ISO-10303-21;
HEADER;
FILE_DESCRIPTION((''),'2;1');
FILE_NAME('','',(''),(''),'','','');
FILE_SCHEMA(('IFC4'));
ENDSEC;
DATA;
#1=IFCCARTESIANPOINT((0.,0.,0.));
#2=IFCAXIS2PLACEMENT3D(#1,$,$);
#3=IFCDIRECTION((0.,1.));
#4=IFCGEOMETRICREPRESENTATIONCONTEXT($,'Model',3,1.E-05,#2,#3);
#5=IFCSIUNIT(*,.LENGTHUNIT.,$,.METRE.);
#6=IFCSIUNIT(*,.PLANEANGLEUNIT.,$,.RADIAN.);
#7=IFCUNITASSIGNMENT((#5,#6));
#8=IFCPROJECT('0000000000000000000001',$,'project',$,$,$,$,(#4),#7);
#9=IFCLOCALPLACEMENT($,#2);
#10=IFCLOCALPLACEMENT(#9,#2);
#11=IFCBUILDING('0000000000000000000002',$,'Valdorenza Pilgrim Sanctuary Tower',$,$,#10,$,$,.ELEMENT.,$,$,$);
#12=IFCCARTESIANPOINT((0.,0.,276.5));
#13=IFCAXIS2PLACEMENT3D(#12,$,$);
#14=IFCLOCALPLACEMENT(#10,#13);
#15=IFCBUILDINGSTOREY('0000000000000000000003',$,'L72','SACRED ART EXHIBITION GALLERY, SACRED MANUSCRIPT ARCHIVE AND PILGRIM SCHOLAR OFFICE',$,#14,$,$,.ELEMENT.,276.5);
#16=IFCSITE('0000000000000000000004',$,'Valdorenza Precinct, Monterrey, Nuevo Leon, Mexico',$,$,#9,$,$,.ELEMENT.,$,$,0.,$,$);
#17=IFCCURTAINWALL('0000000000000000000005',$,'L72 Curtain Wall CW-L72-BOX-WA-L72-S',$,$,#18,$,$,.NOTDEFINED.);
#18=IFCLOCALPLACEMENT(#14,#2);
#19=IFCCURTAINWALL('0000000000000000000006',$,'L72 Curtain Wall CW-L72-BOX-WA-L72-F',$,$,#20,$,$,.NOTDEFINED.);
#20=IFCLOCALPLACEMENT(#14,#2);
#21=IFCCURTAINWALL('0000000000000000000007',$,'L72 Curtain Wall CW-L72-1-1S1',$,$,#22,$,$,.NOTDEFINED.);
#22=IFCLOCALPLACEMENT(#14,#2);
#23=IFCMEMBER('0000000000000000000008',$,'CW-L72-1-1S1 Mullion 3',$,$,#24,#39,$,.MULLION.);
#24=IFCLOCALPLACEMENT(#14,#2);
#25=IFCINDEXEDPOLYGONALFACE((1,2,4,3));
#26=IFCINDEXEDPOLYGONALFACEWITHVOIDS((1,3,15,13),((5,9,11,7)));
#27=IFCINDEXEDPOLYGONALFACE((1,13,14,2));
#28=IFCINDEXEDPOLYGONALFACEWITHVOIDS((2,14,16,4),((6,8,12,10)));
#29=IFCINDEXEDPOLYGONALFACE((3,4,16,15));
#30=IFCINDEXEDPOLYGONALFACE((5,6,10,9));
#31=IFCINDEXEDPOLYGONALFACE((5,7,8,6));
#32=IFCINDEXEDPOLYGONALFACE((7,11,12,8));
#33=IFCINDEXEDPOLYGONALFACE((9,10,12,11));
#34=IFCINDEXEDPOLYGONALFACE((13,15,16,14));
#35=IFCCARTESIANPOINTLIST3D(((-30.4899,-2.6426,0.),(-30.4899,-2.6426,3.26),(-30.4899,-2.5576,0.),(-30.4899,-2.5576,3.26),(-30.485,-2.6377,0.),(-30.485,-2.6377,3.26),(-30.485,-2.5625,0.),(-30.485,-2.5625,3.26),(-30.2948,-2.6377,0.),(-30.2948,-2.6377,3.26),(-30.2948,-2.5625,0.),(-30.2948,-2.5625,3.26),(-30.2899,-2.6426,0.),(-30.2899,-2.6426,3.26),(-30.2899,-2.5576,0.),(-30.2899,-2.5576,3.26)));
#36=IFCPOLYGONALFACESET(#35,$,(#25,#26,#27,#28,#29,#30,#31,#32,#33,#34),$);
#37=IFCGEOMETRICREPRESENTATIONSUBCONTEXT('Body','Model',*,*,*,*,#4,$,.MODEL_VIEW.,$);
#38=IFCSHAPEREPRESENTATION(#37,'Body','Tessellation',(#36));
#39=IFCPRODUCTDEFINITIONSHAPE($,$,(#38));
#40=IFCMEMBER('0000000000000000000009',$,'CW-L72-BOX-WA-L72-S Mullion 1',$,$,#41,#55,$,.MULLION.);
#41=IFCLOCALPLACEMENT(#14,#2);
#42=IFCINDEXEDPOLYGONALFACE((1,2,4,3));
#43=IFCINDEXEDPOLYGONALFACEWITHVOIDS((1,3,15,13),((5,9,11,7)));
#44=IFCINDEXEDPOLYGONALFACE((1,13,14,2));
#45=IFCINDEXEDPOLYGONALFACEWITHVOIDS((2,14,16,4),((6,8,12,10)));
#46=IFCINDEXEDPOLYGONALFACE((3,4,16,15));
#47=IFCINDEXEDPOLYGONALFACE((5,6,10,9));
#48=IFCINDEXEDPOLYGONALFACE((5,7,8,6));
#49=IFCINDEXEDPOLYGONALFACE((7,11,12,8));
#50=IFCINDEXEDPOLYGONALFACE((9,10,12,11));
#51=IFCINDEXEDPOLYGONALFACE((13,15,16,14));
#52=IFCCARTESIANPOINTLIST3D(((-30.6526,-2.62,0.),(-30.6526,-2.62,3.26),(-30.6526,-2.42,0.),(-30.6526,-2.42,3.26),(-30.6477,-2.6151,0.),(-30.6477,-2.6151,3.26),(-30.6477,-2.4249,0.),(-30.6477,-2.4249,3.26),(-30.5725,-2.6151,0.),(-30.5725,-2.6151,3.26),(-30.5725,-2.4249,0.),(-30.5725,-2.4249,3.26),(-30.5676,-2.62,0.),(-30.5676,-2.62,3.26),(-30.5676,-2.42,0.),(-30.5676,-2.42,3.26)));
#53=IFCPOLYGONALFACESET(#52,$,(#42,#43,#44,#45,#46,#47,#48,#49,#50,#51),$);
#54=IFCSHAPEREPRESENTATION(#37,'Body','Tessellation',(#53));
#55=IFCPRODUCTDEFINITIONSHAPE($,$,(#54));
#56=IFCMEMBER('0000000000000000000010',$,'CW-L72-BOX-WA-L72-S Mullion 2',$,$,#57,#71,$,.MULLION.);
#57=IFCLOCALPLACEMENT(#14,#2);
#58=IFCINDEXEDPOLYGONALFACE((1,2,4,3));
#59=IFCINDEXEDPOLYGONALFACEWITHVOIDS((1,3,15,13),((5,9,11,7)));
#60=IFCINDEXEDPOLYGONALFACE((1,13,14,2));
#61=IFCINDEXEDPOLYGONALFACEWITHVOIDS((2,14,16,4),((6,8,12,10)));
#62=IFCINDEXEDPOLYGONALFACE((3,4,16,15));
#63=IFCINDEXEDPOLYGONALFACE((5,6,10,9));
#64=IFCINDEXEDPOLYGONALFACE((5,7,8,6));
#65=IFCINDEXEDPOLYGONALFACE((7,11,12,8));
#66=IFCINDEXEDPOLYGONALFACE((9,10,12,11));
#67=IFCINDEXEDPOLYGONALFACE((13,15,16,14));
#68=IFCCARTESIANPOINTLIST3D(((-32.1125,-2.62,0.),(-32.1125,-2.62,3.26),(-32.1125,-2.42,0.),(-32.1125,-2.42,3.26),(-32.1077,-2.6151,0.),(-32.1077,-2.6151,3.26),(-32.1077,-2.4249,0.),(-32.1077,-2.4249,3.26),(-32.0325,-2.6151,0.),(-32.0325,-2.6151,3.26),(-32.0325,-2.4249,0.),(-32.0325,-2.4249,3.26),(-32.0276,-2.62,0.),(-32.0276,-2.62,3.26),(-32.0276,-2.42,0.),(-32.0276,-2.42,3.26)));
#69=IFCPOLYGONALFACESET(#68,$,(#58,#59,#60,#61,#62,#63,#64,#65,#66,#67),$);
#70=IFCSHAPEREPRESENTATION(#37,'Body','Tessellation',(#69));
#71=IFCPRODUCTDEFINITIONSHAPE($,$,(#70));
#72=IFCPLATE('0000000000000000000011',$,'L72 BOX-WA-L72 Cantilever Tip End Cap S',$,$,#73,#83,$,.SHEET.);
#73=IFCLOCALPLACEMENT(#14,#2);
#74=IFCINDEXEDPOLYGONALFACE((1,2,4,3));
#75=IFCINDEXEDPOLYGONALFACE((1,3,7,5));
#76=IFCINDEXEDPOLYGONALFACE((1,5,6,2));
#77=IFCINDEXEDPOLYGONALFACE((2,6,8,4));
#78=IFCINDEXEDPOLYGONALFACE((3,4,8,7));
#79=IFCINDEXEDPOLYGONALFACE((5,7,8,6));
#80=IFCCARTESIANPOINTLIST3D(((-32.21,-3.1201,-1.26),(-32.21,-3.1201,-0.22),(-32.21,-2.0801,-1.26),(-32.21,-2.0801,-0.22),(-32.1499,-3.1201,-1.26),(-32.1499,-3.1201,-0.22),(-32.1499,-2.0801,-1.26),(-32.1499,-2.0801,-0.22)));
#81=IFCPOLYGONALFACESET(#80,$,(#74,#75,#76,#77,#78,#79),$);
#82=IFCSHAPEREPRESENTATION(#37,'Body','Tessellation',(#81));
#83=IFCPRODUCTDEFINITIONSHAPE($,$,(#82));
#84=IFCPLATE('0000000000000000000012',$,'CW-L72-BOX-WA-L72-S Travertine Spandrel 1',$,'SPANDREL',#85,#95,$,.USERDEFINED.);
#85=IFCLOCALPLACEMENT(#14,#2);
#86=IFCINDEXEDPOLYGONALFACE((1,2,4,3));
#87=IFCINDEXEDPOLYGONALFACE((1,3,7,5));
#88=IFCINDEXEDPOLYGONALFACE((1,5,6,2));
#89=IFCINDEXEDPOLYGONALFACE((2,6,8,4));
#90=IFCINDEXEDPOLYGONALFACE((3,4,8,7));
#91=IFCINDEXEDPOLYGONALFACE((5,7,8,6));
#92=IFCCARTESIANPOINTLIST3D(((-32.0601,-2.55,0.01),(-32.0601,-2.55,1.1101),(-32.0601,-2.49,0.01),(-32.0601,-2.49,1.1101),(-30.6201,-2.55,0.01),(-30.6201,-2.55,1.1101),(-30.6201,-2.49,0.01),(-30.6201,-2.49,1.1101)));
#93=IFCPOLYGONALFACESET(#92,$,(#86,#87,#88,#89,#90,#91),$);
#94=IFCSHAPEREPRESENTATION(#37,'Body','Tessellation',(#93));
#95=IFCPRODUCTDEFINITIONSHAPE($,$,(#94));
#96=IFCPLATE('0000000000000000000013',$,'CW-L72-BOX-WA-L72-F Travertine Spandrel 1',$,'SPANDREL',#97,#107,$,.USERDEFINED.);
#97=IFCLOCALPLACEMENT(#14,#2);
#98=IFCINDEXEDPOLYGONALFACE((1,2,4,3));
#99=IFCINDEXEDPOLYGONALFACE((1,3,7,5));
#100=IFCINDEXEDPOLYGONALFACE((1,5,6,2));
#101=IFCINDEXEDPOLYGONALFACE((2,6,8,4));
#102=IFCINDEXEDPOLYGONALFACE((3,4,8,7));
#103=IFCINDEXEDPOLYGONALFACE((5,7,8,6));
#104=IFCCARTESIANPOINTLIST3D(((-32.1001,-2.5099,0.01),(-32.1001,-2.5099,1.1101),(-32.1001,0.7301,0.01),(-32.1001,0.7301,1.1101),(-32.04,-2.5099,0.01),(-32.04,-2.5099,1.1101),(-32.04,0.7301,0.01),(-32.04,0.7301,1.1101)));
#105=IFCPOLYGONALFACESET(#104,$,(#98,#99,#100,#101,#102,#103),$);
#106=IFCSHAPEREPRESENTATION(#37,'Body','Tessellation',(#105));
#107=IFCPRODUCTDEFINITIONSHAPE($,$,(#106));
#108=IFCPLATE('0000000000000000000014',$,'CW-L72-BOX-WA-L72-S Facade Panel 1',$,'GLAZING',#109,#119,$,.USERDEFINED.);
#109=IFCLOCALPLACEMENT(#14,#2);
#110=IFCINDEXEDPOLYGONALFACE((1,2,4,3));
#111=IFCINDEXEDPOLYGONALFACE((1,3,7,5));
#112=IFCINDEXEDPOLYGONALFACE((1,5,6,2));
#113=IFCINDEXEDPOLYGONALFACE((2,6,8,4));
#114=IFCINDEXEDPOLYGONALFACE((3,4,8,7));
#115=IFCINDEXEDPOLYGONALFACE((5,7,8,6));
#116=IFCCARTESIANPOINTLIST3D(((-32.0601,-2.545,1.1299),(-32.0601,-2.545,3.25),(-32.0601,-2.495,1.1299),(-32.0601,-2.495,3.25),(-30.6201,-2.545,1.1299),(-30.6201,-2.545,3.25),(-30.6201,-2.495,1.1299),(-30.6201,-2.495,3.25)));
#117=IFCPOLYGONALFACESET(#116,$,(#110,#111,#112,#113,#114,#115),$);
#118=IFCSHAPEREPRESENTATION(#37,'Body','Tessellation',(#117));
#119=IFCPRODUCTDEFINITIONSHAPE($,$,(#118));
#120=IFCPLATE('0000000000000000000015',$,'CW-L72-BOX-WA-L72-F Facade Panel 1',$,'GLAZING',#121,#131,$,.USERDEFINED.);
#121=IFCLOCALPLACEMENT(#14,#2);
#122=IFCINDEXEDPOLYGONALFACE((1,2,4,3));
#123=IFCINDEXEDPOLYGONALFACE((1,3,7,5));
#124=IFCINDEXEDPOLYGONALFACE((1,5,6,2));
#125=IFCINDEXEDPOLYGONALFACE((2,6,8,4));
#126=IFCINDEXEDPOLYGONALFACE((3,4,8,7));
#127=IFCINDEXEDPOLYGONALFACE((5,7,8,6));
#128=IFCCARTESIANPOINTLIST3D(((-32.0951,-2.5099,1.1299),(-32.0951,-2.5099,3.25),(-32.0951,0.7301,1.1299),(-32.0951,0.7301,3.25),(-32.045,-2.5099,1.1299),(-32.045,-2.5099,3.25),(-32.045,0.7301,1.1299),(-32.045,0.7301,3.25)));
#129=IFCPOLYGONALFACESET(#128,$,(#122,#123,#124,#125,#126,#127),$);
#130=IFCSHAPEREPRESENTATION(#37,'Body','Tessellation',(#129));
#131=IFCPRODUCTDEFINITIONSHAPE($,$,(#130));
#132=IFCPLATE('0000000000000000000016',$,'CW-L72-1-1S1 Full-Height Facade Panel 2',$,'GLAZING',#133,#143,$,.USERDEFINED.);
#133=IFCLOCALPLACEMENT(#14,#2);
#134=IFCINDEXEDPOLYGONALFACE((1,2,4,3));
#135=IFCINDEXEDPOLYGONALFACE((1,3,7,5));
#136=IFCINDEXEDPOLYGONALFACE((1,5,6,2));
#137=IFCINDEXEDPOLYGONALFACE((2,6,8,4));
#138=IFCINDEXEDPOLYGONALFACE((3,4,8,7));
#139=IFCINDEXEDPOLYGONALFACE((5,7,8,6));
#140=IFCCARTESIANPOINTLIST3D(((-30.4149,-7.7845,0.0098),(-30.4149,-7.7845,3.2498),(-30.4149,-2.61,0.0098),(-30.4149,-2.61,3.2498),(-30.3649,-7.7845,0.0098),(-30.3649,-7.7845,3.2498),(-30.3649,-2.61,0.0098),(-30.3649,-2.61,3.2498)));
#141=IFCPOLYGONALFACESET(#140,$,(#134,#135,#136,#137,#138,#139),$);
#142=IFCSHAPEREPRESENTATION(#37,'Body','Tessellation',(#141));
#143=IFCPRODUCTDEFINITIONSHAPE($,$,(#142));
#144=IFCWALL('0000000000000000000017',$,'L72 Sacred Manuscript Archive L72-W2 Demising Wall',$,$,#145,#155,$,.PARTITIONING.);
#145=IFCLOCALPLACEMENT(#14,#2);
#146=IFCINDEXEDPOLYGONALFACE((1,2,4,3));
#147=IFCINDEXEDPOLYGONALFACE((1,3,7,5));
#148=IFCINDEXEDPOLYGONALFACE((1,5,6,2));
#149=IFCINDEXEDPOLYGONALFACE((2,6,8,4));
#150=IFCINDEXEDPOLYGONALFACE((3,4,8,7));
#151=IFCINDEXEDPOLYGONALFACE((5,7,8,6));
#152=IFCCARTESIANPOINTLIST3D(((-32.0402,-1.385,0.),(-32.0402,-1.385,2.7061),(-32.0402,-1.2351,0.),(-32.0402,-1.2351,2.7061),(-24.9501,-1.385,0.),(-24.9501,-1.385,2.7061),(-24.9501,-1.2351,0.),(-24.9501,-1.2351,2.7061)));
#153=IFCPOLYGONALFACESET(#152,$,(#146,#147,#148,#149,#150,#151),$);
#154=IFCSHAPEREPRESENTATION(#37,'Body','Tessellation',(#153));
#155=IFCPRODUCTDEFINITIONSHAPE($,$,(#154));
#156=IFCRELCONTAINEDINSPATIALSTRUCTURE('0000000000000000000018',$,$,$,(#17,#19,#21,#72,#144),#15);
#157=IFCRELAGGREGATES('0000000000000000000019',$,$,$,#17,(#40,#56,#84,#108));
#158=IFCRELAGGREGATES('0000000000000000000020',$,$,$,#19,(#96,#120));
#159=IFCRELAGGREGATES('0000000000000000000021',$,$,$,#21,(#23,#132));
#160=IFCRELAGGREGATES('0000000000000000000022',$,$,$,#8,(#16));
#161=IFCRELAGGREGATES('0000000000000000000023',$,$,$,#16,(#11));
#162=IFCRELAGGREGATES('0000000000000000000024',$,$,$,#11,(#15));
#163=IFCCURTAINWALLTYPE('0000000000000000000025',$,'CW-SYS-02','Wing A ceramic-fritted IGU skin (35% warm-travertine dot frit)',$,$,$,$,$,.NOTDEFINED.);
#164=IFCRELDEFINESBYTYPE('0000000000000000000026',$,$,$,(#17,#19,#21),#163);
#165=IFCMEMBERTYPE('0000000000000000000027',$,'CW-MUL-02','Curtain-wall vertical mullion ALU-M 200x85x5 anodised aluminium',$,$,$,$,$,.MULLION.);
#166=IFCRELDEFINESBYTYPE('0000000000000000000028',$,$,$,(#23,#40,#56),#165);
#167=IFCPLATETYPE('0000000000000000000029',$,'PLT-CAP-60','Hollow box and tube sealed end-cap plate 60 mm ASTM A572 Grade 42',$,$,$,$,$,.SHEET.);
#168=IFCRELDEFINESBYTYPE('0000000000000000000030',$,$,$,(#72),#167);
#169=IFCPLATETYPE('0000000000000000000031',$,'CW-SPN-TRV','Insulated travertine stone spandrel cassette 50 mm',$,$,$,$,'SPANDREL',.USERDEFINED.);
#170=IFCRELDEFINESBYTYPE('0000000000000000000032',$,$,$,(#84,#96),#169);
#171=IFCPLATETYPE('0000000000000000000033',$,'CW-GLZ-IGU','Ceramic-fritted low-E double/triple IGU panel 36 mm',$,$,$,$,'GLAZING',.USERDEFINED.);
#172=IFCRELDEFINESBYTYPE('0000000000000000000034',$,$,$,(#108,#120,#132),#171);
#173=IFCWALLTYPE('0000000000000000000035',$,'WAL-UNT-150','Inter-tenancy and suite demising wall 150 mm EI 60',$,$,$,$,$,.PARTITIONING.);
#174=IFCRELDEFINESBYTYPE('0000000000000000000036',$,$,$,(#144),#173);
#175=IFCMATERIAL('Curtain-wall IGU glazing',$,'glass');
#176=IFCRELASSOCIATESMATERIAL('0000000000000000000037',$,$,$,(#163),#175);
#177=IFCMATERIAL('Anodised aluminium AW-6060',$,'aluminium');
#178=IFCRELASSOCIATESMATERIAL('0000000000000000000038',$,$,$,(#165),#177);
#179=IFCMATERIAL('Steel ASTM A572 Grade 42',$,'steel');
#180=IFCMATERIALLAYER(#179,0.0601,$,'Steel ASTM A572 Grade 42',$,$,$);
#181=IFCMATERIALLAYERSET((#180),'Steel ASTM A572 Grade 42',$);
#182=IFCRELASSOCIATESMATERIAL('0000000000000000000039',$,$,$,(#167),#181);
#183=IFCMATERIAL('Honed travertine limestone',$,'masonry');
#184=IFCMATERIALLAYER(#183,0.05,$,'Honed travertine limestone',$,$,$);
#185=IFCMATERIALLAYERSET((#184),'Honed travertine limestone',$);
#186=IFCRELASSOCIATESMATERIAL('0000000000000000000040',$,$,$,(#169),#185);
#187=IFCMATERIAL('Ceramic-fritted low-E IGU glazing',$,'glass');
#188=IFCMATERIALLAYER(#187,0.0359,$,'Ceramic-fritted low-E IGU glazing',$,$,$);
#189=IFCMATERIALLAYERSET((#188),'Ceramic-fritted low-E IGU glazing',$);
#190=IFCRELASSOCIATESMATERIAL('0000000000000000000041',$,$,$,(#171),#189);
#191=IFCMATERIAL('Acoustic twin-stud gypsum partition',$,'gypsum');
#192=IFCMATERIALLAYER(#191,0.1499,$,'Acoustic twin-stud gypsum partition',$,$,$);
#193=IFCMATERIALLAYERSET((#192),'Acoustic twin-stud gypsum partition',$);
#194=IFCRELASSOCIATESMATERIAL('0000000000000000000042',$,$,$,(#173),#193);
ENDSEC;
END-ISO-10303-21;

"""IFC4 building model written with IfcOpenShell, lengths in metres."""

from ifc_helpers import new_model, si_unit, direction, frame, frame_2d, origin, origin_2d, place, context, subcontext, project, spatial, rectangle, hollow_rectangle, extrude, source, transform, mapped, material, layer, layer_set, material_profile, profile_set, type_object, element, aggregate, save


model = new_model("IFC4")

# Units and contexts
model_context = context("Model", 3, precision=1e-05, world=origin(), true_north=direction((0.0, 1.0)))
body_context = subcontext(model_context, "Body", "Model", "MODEL_VIEW")
ifc_project = project(units=[si_unit("LENGTHUNIT", "METRE"), si_unit("PLANEANGLEUNIT", "RADIAN")], contexts=[model_context])

# Site, building, storey
site_placement = place(None, origin())
site = spatial("IfcSite", under=ifc_project, at=site_placement, Name="Valdorenza Precinct, Monterrey, Nuevo Leon, Mexico", CompositionType="ELEMENT", RefElevation=0.0)
building_placement = place(site_placement, origin())
building = spatial("IfcBuilding", under=site, at=building_placement, Name="Valdorenza Pilgrim Sanctuary Tower", CompositionType="ELEMENT")
storey_placement = place(building_placement, frame((0.0, 0.0, 276.5)))
storey = spatial("IfcBuildingStorey", under=building, at=storey_placement, Name="L72", Description="SACRED ART EXHIBITION GALLERY, SACRED MANUSCRIPT ARCHIVE AND PILGRIM SCHOLAR OFFICE", CompositionType="ELEMENT", Elevation=276.5)

# Shared definitions
ifc_material_1 = material(Name="Steel ASTM A572 Grade 42", Category="steel")

# Curtain walls, member
ifc_material_2 = material(Name="Curtain-wall IGU glazing", Category="glass")
curtain_wall_type = type_object("IfcCurtainWallType", Name="CW-SYS-02", Description="Wing A ceramic-fritted IGU skin (35% warm-travertine dot frit)", PredefinedType="NOTDEFINED", material=ifc_material_2)
curtain_wall_1_placement = place(storey_placement, origin())
curtain_wall_1 = element("IfcCurtainWall", 1, at=curtain_wall_1_placement, inside=storey, type_object=curtain_wall_type, Name="L72 Curtain Wall CW-L72-BOX-WA-L72-S", PredefinedType="NOTDEFINED")
ifc_material_3 = material(Name="Anodised aluminium AW-6060", Category="aluminium")
curtain_wall_2_placement = place(storey_placement, origin())
curtain_wall_2 = element("IfcCurtainWall", 2, at=curtain_wall_2_placement, inside=storey, type_object=curtain_wall_type, Name="L72 Curtain Wall CW-L72-BOX-WA-L72-F", PredefinedType="NOTDEFINED")
curtain_wall_3_placement = place(storey_placement, origin())
curtain_wall_3 = element("IfcCurtainWall", 3, at=curtain_wall_3_placement, inside=storey, type_object=curtain_wall_type, Name="L72 Curtain Wall CW-L72-1-1S1", PredefinedType="NOTDEFINED")
ifc_material_profile_1 = material_profile(ifc_material_3, hollow_rectangle(XDim=0.085, YDim=0.2, WallThickness=0.0049, at=origin_2d()), Name="ALU-M 200x85x5")
ifc_profile_set_1 = profile_set([ifc_material_profile_1], Name="Anodised aluminium AW-6060")
member_type_1 = type_object("IfcMemberType", Name="CW-MUL-02", Description="Curtain-wall vertical mullion ALU-M 200x85x5 anodised aluminium", PredefinedType="MULLION", material=ifc_profile_set_1)
shared_shape_1 = source(origin(), body_context, "Body", "SweptSolid", [
    extrude(hollow_rectangle(XDim=0.085, YDim=0.2, WallThickness=0.0049, at=origin_2d()), origin(), (0.0, 0.0, 1.0), 3.26),
])
member_1_placement = place(storey_placement, frame((-30.3899, -2.6001, 0.0), z_axis=(0.0, 0.0, 1.0), x_axis=(0.0, 1.0, 0.0)))
member_1 = element("IfcMember", 4, at=member_1_placement, type_object=member_type_1, Name="CW-L72-1-1S1 Mullion 3", PredefinedType="MULLION", context=body_context, shape_type="MappedRepresentation", body=[
    mapped(shared_shape_1, transform((0.0, 0.0, 0.0), x_axis=(1.0, 0.0, 0.0), y_axis=(0.0, 1.0, 0.0), z_axis=(0.0, 0.0, 1.0), scale=1.0)),
])

# Members
member_2_placement = place(storey_placement, frame((-30.6101, -2.52, 0.0), z_axis=(0.0, 0.0, 1.0), x_axis=(-1.0, 0.0, 0.0)))
member_2 = element("IfcMember", 5, at=member_2_placement, type_object=member_type_1, Name="CW-L72-BOX-WA-L72-S Mullion 1", PredefinedType="MULLION", context=body_context, shape_type="MappedRepresentation", body=[
    mapped(shared_shape_1, transform((0.0, 0.0, 0.0), x_axis=(1.0, 0.0, 0.0), y_axis=(0.0, 1.0, 0.0), z_axis=(0.0, 0.0, 1.0), scale=1.0)),
])
member_3_placement = place(storey_placement, frame((-32.0701, -2.52, 0.0), z_axis=(0.0, 0.0, 1.0), x_axis=(-1.0, 0.0, 0.0)))
member_3 = element("IfcMember", 6, at=member_3_placement, type_object=member_type_1, Name="CW-L72-BOX-WA-L72-S Mullion 2", PredefinedType="MULLION", context=body_context, shape_type="MappedRepresentation", body=[
    mapped(shared_shape_1, transform((0.0, 0.0, 0.0), x_axis=(1.0, 0.0, 0.0), y_axis=(0.0, 1.0, 0.0), z_axis=(0.0, 0.0, 1.0), scale=1.0)),
])

# Plates
ifc_layer_1 = layer(ifc_material_1, 0.0601, Name="Steel ASTM A572 Grade 42")
ifc_layer_set_1 = layer_set([ifc_layer_1], Name="Steel ASTM A572 Grade 42")
plate_type_1 = type_object("IfcPlateType", Name="PLT-CAP-60", Description="Hollow box and tube sealed end-cap plate 60 mm ASTM A572 Grade 42", PredefinedType="SHEET", material=ifc_layer_set_1)
shared_shape_2 = source(origin(), body_context, "Body", "SweptSolid", [
    extrude(rectangle(XDim=0.0601, YDim=1.04, at=origin_2d()), origin(), (0.0, 0.0, 1.0), 1.04),
])
plate_1_placement = place(storey_placement, frame((-32.1799, -2.6001, -1.26), z_axis=(0.0, 0.0, 1.0), x_axis=(1.0, 0.0, 0.0)))
element("IfcPlate", 7, at=plate_1_placement, inside=storey, type_object=plate_type_1, Name="L72 BOX-WA-L72 Cantilever Tip End Cap S", PredefinedType="SHEET", context=body_context, shape_type="MappedRepresentation", body=[
    mapped(shared_shape_2, transform((0.0, 0.0, 0.0), x_axis=(1.0, 0.0, 0.0), y_axis=(0.0, 1.0, 0.0), z_axis=(0.0, 0.0, 1.0), scale=1.0)),
])
ifc_material_4 = material(Name="Honed travertine limestone", Category="masonry")
ifc_layer_2 = layer(ifc_material_4, 0.05, Name="Honed travertine limestone")
ifc_layer_set_2 = layer_set([ifc_layer_2], Name="Honed travertine limestone")
plate_type_2 = type_object("IfcPlateType", Name="CW-SPN-TRV", Description="Insulated travertine stone spandrel cassette 50 mm", ElementType="SPANDREL", PredefinedType="USERDEFINED", material=ifc_layer_set_2)
shared_shape_3 = source(origin(), body_context, "Body", "SweptSolid", [
    extrude(rectangle(XDim=1.4399, YDim=0.0601, at=origin_2d()), origin(), (0.0, 0.0, 1.0), 1.1001),
])
plate_2_placement = place(storey_placement, frame((-31.3401, -2.52, 0.01), z_axis=(0.0, 0.0, 1.0), x_axis=(-1.0, 0.0, 0.0)))
plate_2 = element("IfcPlate", 8, at=plate_2_placement, type_object=plate_type_2, Name="CW-L72-BOX-WA-L72-S Travertine Spandrel 1", ObjectType="SPANDREL", PredefinedType="USERDEFINED", context=body_context, shape_type="MappedRepresentation", body=[
    mapped(shared_shape_3, transform((0.0, 0.0, 0.0), x_axis=(1.0, 0.0, 0.0), y_axis=(0.0, 1.0, 0.0), z_axis=(0.0, 0.0, 1.0), scale=1.0)),
])
shared_shape_4 = source(origin(), body_context, "Body", "SweptSolid", [
    extrude(rectangle(XDim=3.24, YDim=0.0601, at=origin_2d()), origin(), (0.0, 0.0, 1.0), 1.1001),
])
plate_3_placement = place(storey_placement, frame((-32.0701, -0.8899, 0.01), z_axis=(0.0, 0.0, 1.0), x_axis=(0.0, 1.0, 0.0)))
plate_3 = element("IfcPlate", 9, at=plate_3_placement, type_object=plate_type_2, Name="CW-L72-BOX-WA-L72-F Travertine Spandrel 1", ObjectType="SPANDREL", PredefinedType="USERDEFINED", context=body_context, shape_type="MappedRepresentation", body=[
    mapped(shared_shape_4, transform((0.0, 0.0, 0.0), x_axis=(1.0, 0.0, 0.0), y_axis=(0.0, 1.0, 0.0), z_axis=(0.0, 0.0, 1.0), scale=1.0)),
])
ifc_material_5 = material(Name="Ceramic-fritted low-E IGU glazing", Category="glass")
ifc_layer_3 = layer(ifc_material_5, 0.0359, Name="Ceramic-fritted low-E IGU glazing")
ifc_layer_set_3 = layer_set([ifc_layer_3], Name="Ceramic-fritted low-E IGU glazing")
plate_type_3 = type_object("IfcPlateType", Name="CW-GLZ-IGU", Description="Ceramic-fritted low-E double/triple IGU panel 36 mm", ElementType="GLAZING", PredefinedType="USERDEFINED", material=ifc_layer_set_3)
shared_shape_5 = source(origin(), body_context, "Body", "SweptSolid", [
    extrude(rectangle(XDim=1.4399, YDim=0.05, at=origin_2d()), origin(), (0.0, 0.0, 1.0), 2.1201),
])
plate_4_placement = place(storey_placement, frame((-31.3401, -2.52, 1.1299), z_axis=(0.0, 0.0, 1.0), x_axis=(-1.0, 0.0, 0.0)))
plate_4 = element("IfcPlate", 10, at=plate_4_placement, type_object=plate_type_3, Name="CW-L72-BOX-WA-L72-S Facade Panel 1", ObjectType="GLAZING", PredefinedType="USERDEFINED", context=body_context, shape_type="MappedRepresentation", body=[
    mapped(shared_shape_5, transform((0.0, 0.0, 0.0), x_axis=(1.0, 0.0, 0.0), y_axis=(0.0, 1.0, 0.0), z_axis=(0.0, 0.0, 1.0), scale=1.0)),
])
aggregate(curtain_wall_1, [member_2, member_3, plate_2, plate_4])
shared_shape_6 = source(origin(), body_context, "Body", "SweptSolid", [
    extrude(rectangle(XDim=3.24, YDim=0.05, at=origin_2d()), origin(), (0.0, 0.0, 1.0), 2.1201),
])
plate_5_placement = place(storey_placement, frame((-32.0701, -0.8899, 1.1299), z_axis=(0.0, 0.0, 1.0), x_axis=(0.0, 1.0, 0.0)))
plate_5 = element("IfcPlate", 11, at=plate_5_placement, type_object=plate_type_3, Name="CW-L72-BOX-WA-L72-F Facade Panel 1", ObjectType="GLAZING", PredefinedType="USERDEFINED", context=body_context, shape_type="MappedRepresentation", body=[
    mapped(shared_shape_6, transform((0.0, 0.0, 0.0), x_axis=(1.0, 0.0, 0.0), y_axis=(0.0, 1.0, 0.0), z_axis=(0.0, 0.0, 1.0), scale=1.0)),
])
aggregate(curtain_wall_2, [plate_3, plate_5])
shared_shape_7 = source(origin(), body_context, "Body", "SweptSolid", [
    extrude(rectangle(XDim=5.1746, YDim=0.05, at=origin_2d()), origin(), (0.0, 0.0, 1.0), 3.24),
])
plate_6_placement = place(storey_placement, frame((-30.3899, -5.1973, 0.0098), z_axis=(0.0, 0.0, 1.0), x_axis=(0.0, 1.0, 0.0)))
plate_6 = element("IfcPlate", 12, at=plate_6_placement, type_object=plate_type_3, Name="CW-L72-1-1S1 Full-Height Facade Panel 2", ObjectType="GLAZING", PredefinedType="USERDEFINED", context=body_context, shape_type="MappedRepresentation", body=[
    mapped(shared_shape_7, transform((0.0, 0.0, 0.0), x_axis=(1.0, 0.0, 0.0), y_axis=(0.0, 1.0, 0.0), z_axis=(0.0, 0.0, 1.0), scale=1.0)),
])
aggregate(curtain_wall_3, [member_1, plate_6])

# Wall
ifc_material_6 = material(Name="Acoustic twin-stud gypsum partition", Category="gypsum")
ifc_layer_4 = layer(ifc_material_6, 0.1499, Name="Acoustic twin-stud gypsum partition")
ifc_layer_set_4 = layer_set([ifc_layer_4], Name="Acoustic twin-stud gypsum partition")
wall_type_1 = type_object("IfcWallType", Name="WAL-UNT-150", Description="Inter-tenancy and suite demising wall 150 mm EI 60", PredefinedType="PARTITIONING", material=ifc_layer_set_4)
wall_1_placement = place(storey_placement, frame((-32.04, -1.3101, 0.0), z_axis=(0.0, 0.0, 1.0), x_axis=(1.0, 0.0, 0.0)))
element("IfcWall", 13, at=wall_1_placement, inside=storey, type_object=wall_type_1, Name="L72 Sacred Manuscript Archive L72-W2 Demising Wall", PredefinedType="PARTITIONING", context=body_context, shape_type="SweptSolid", body=[
    extrude(rectangle(XDim=7.0901, YDim=0.1499, at=frame_2d((3.5449, 0.0))), origin(), (0.0, 0.0, 1.0), 2.7061),
])

save(model, "model.ifc")
